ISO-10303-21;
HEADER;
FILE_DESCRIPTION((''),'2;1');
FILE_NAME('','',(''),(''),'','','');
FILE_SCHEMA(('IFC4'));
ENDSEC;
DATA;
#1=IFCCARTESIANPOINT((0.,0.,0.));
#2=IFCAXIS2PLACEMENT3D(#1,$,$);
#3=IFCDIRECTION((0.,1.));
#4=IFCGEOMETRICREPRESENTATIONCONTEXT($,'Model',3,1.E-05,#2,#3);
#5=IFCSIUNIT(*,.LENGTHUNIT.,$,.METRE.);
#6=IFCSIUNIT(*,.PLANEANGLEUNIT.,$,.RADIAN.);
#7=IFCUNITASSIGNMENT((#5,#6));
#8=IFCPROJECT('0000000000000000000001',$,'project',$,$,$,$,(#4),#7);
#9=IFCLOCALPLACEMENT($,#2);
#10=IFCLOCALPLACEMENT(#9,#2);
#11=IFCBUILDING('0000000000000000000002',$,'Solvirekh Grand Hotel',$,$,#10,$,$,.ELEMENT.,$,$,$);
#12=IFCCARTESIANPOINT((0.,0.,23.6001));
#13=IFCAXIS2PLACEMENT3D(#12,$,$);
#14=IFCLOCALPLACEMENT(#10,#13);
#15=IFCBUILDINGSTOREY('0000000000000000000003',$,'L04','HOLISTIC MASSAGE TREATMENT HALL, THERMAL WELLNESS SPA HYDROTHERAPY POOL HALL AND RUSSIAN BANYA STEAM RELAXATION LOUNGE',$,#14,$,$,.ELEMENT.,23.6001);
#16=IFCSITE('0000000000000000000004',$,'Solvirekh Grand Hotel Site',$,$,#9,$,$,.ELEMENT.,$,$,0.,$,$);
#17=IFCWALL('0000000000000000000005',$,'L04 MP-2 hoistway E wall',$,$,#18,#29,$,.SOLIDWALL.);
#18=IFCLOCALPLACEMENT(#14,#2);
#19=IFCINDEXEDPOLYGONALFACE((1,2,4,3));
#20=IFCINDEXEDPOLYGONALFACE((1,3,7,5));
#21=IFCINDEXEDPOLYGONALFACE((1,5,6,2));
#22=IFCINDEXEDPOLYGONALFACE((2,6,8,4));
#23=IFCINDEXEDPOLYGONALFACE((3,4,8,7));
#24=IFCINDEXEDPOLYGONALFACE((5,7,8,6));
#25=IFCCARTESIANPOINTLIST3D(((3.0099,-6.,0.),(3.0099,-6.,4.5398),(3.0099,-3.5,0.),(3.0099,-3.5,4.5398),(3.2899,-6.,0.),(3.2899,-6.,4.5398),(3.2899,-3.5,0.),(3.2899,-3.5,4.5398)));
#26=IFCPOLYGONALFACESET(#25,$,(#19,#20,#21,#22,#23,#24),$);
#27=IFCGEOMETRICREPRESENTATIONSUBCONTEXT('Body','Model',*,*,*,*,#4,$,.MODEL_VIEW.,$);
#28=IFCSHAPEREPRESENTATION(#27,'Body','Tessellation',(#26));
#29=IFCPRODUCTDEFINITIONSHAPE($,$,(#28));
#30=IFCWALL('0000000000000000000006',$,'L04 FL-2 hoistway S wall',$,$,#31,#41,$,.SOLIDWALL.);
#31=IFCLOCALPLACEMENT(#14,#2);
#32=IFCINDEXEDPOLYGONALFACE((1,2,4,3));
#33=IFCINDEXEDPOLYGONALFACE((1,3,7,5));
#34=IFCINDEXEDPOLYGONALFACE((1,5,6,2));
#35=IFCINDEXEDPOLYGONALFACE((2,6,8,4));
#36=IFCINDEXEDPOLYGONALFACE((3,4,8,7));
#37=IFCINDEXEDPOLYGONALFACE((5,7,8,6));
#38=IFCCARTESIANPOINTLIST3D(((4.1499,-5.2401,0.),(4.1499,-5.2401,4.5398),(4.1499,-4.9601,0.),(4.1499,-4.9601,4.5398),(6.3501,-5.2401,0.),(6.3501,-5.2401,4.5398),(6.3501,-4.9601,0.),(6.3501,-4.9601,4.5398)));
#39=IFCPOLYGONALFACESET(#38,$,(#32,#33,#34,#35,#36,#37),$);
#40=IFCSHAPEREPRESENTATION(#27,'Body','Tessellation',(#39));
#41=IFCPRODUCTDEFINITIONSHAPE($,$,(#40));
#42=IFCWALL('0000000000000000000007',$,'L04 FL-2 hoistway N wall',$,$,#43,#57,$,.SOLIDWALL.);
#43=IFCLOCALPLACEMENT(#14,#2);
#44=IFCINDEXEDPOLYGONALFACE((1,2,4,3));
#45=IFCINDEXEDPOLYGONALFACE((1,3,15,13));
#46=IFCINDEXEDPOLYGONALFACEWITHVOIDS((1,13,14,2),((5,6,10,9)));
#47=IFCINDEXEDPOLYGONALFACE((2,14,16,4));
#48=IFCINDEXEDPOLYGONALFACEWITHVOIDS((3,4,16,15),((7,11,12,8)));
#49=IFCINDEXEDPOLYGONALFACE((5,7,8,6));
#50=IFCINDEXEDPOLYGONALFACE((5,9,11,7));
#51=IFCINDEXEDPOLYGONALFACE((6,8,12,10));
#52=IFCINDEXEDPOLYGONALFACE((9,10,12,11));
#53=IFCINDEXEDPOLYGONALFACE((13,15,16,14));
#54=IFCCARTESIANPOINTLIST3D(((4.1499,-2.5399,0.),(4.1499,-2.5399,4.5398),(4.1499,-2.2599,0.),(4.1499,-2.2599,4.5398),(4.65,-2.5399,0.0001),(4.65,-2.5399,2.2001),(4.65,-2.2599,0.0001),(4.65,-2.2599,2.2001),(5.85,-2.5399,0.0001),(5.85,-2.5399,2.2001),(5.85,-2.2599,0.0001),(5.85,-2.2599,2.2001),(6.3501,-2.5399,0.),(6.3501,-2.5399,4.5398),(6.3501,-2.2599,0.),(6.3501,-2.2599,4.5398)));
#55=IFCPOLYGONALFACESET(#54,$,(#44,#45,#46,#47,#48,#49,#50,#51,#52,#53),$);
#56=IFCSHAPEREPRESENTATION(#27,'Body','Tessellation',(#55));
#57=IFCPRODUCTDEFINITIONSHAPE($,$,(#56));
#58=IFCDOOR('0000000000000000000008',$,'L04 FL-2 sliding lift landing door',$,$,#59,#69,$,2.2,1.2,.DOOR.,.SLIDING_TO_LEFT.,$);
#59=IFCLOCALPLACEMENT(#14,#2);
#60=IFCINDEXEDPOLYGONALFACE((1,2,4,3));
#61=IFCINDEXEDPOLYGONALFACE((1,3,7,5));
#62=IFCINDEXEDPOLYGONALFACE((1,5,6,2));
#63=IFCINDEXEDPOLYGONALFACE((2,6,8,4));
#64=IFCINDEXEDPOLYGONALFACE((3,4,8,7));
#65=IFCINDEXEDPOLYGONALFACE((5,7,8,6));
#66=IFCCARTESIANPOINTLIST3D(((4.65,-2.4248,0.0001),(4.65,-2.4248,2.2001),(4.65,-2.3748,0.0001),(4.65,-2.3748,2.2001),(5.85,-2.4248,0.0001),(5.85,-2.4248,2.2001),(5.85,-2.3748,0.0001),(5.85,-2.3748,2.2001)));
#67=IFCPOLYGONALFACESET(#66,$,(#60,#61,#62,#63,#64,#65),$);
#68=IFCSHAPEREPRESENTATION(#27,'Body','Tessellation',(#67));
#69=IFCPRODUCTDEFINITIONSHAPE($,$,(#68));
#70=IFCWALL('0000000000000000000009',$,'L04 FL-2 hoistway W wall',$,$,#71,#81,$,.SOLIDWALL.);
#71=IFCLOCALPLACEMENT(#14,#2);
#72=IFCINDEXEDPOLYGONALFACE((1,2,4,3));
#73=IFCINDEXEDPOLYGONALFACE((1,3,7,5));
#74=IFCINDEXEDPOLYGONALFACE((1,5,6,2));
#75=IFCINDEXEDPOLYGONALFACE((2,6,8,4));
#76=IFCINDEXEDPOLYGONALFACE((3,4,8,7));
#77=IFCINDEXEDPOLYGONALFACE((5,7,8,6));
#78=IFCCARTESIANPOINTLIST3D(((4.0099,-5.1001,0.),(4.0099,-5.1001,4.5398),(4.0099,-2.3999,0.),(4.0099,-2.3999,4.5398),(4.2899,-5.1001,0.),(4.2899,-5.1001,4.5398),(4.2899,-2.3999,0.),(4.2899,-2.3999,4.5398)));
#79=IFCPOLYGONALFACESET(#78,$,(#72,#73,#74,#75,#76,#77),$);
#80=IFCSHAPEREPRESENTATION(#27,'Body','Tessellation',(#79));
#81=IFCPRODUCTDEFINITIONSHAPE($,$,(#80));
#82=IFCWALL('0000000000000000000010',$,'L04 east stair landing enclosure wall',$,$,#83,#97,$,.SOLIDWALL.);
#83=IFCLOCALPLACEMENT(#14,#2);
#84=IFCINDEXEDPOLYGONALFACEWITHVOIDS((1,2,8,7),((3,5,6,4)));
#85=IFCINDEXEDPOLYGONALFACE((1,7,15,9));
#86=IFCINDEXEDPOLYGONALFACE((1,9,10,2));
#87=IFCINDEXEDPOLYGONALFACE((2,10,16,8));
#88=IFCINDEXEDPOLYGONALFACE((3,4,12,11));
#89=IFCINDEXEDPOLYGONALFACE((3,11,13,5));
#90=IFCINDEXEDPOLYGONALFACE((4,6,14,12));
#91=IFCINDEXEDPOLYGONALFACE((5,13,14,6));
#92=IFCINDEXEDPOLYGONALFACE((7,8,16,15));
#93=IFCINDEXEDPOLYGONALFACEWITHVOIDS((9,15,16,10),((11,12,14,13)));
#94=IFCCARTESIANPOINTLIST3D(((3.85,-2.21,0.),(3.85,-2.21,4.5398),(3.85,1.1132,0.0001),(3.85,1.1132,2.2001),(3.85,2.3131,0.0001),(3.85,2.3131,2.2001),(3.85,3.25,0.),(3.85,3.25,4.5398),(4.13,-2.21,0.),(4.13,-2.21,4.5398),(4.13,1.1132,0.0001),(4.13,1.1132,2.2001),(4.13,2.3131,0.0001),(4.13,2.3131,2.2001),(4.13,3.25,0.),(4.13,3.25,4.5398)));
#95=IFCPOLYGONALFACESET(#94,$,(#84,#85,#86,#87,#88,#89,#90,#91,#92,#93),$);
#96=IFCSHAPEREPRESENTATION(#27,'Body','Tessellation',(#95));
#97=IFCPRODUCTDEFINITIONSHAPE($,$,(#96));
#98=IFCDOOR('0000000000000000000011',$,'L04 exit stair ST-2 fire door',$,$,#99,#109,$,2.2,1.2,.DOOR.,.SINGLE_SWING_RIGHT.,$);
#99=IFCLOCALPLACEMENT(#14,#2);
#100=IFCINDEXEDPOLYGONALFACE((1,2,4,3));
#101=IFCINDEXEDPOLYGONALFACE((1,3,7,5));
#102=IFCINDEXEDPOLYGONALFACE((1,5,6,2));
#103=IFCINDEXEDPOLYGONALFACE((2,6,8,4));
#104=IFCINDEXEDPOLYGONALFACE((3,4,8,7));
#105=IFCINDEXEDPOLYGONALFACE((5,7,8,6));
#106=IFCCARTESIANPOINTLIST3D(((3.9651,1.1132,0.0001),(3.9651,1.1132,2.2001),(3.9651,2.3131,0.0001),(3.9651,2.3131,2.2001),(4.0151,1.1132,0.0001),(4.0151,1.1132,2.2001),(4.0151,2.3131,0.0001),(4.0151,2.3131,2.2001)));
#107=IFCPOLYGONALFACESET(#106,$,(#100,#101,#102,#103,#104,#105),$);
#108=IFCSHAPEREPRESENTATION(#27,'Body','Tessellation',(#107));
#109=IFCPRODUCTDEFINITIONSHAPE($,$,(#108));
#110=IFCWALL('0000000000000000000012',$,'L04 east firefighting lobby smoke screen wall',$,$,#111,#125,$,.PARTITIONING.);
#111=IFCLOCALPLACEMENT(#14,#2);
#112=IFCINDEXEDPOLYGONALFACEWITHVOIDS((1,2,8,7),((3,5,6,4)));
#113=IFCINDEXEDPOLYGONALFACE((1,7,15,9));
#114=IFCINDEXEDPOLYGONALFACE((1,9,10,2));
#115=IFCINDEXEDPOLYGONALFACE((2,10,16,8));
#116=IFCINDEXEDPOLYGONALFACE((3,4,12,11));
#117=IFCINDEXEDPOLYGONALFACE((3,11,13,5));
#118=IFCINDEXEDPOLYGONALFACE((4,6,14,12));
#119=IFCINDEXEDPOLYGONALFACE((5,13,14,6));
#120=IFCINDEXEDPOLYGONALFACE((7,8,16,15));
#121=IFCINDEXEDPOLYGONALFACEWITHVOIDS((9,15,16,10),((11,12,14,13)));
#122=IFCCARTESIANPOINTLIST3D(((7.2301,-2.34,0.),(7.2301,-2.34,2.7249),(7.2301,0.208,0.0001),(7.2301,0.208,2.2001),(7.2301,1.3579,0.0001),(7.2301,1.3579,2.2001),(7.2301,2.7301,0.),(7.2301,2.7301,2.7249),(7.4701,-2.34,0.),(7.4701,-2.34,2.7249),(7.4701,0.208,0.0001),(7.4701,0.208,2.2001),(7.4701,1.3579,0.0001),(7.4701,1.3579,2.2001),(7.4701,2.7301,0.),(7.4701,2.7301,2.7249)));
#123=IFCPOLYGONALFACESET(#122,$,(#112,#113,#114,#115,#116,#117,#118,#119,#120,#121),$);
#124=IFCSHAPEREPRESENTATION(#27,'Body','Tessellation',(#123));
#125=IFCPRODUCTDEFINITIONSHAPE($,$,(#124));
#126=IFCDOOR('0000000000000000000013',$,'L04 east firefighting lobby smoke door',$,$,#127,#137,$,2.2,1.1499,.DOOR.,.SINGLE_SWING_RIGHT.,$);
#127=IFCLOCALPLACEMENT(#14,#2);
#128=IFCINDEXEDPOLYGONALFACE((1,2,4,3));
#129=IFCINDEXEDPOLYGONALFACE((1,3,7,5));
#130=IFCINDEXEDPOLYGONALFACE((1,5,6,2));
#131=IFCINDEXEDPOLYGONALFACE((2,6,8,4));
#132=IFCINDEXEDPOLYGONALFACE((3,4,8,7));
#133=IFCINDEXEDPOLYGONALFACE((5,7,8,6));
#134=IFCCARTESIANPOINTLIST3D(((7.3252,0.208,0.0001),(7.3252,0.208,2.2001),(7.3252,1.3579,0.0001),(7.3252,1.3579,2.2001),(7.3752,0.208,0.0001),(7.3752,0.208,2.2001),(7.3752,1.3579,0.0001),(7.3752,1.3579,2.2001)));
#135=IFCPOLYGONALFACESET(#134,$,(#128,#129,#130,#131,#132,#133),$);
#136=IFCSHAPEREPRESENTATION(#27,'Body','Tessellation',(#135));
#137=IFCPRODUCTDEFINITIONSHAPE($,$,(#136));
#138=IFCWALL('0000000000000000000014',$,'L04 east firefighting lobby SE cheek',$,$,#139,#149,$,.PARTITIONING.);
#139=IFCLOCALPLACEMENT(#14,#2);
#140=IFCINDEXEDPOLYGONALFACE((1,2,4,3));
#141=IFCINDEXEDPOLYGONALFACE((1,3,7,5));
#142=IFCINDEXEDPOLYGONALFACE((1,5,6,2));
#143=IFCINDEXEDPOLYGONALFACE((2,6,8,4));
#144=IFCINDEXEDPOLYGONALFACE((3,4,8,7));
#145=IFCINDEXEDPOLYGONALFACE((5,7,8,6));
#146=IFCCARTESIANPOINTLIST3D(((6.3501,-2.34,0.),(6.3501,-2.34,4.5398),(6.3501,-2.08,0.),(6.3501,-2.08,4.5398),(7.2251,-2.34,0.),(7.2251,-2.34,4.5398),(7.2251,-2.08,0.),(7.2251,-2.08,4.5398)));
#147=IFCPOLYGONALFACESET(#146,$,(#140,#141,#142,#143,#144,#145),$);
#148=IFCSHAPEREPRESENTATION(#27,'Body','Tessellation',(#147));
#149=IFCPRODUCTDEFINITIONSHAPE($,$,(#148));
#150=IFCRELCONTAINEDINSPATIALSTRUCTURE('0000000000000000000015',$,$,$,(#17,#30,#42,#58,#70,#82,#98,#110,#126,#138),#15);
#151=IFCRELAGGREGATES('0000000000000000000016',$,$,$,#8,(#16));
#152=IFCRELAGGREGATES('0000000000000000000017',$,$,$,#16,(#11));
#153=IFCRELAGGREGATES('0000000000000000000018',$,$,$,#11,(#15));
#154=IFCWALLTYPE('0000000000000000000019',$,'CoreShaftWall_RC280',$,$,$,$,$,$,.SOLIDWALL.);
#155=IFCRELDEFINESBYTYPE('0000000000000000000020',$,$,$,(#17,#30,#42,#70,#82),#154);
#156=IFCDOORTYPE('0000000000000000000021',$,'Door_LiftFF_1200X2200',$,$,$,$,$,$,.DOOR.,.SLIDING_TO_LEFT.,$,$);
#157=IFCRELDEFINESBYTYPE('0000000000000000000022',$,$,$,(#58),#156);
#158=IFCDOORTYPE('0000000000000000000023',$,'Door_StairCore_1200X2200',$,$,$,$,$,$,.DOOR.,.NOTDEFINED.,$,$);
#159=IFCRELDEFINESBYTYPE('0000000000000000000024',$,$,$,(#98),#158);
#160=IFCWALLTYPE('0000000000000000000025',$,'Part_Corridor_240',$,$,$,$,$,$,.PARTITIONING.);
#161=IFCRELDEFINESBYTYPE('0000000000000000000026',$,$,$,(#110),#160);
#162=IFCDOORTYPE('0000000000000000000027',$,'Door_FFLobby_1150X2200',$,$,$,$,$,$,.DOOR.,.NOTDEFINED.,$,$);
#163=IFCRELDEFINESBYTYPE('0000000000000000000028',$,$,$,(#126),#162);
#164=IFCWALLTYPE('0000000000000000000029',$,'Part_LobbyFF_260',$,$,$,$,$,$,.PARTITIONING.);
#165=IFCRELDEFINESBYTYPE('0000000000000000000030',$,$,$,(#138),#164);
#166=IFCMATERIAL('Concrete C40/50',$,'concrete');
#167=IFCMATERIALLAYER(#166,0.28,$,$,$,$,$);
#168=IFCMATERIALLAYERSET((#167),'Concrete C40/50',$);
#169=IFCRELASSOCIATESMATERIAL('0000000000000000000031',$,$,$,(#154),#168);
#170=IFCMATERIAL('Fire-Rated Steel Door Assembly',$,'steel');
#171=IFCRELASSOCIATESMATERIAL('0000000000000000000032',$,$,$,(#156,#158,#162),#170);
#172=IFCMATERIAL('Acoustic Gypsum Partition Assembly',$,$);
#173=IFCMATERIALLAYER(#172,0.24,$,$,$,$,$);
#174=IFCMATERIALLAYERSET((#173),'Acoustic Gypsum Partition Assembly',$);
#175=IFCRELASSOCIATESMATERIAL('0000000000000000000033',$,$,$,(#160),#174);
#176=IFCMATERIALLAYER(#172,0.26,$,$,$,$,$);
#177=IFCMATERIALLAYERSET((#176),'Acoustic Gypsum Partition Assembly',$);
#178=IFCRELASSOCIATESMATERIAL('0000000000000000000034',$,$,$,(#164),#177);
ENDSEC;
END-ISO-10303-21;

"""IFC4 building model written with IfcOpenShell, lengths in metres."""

from ifc_helpers import new_model, si_unit, direction, frame, frame_2d, origin, place, context, subcontext, project, spatial, rectangle, extrude, material, layer, layer_set, type_object, element, fill, save


model = new_model("IFC4")

# Units and contexts
model_context = context("Model", 3, precision=1e-05, world=origin(), true_north=direction((0.0, 1.0)))
body_context = subcontext(model_context, "Body", "Model", "MODEL_VIEW")
ifc_project = project(units=[si_unit("LENGTHUNIT", "METRE"), si_unit("PLANEANGLEUNIT", "RADIAN")], contexts=[model_context])

# Site, building, storey
site_placement = place(None, origin())
site = spatial("IfcSite", under=ifc_project, at=site_placement, Name="Solvirekh Grand Hotel Site", CompositionType="ELEMENT", RefElevation=0.0)
building_placement = place(site_placement, origin())
building = spatial("IfcBuilding", under=site, at=building_placement, Name="Solvirekh Grand Hotel", CompositionType="ELEMENT")
storey_placement = place(building_placement, frame((0.0, 0.0, 23.6001)))
storey = spatial("IfcBuildingStorey", under=building, at=storey_placement, Name="L04", Description="HOLISTIC MASSAGE TREATMENT HALL, THERMAL WELLNESS SPA HYDROTHERAPY POOL HALL AND RUSSIAN BANYA STEAM RELAXATION LOUNGE", CompositionType="ELEMENT", Elevation=23.6001)

# Shared definitions
ifc_material_1 = material(Name="Concrete C40/50", Category="concrete")

# Walls
ifc_layer_1 = layer(ifc_material_1, 0.28)
ifc_layer_set_1 = layer_set([ifc_layer_1], Name="Concrete C40/50")
wall_type_1 = type_object("IfcWallType", Name="CoreShaftWall_RC280", PredefinedType="SOLIDWALL", material=ifc_layer_set_1)
wall_1_placement = place(storey_placement, frame((3.1499, -6.0, 0.0), z_axis=(0.0, 0.0, 1.0), x_axis=(0.0, 1.0, 0.0)))
element("IfcWall", 1, at=wall_1_placement, inside=storey, type_object=wall_type_1, Name="L04 MP-2 hoistway E wall", PredefinedType="SOLIDWALL", context=body_context, shape_type="SweptSolid", body=[
    extrude(rectangle(XDim=2.5, YDim=0.28, at=frame_2d((1.25, 0.0))), origin(), (0.0, 0.0, 1.0), 4.5398),
])
wall_2_placement = place(storey_placement, frame((4.1499, -5.1001, 0.0), z_axis=(0.0, 0.0, 1.0), x_axis=(1.0, 0.0, 0.0)))
element("IfcWall", 2, at=wall_2_placement, inside=storey, type_object=wall_type_1, Name="L04 FL-2 hoistway S wall", PredefinedType="SOLIDWALL", context=body_context, shape_type="SweptSolid", body=[
    extrude(rectangle(XDim=2.2002, YDim=0.28, at=frame_2d((1.1001, 0.0))), origin(), (0.0, 0.0, 1.0), 4.5398),
])

# Wall, opening, door
wall_3_placement = place(storey_placement, frame((6.3501, -2.3999, 0.0), z_axis=(0.0, 0.0, 1.0), x_axis=(-1.0, 0.0, 0.0)))
wall_3 = element("IfcWall", 3, at=wall_3_placement, inside=storey, type_object=wall_type_1, Name="L04 FL-2 hoistway N wall", PredefinedType="SOLIDWALL", context=body_context, shape_type="SweptSolid", body=[
    extrude(rectangle(XDim=2.2002, YDim=0.28, at=frame_2d((1.1001, 0.0))), origin(), (0.0, 0.0, 1.0), 4.5398),
])
opening_1_placement = place(wall_3_placement, frame((0.5, 0.0, 0.0)))
opening_1 = element("IfcOpeningElement", 4, at=opening_1_placement, cuts=wall_3, PredefinedType="OPENING", context=body_context, shape_type="SweptSolid", body=[
    extrude(rectangle(XDim=1.2, YDim=2.2, at=frame_2d((0.6001, 1.1001))), frame((0.0, 0.1499, 0.0), z_axis=(0.0, -1.0, 0.0), x_axis=(1.0, 0.0, 0.0)), (0.0, 0.0, 1.0), 0.3),
])
ifc_material_2 = material(Name="Fire-Rated Steel Door Assembly", Category="steel")
door_type_1 = type_object("IfcDoorType", Name="Door_LiftFF_1200X2200", OperationType="SLIDING_TO_LEFT", PredefinedType="DOOR", material=ifc_material_2)
door_1_placement = place(opening_1_placement, origin())
door_1 = element("IfcDoor", 5, at=door_1_placement, inside=storey, type_object=door_type_1, Name="L04 FL-2 sliding lift landing door", OperationType="SLIDING_TO_LEFT", OverallHeight=2.2, OverallWidth=1.2, PredefinedType="DOOR", context=body_context, shape_type="SweptSolid", body=[
    extrude(rectangle(XDim=1.2, YDim=2.2, at=frame_2d((0.6001, 1.1001))), frame((0.0, 0.0249, 0.0), z_axis=(0.0, -1.0, 0.0), x_axis=(1.0, 0.0, 0.0)), (0.0, 0.0, 1.0), 0.05),
])
fill(opening_1, door_1)

# Wall
wall_4_placement = place(storey_placement, frame((4.1499, -2.3999, 0.0), z_axis=(0.0, 0.0, 1.0), x_axis=(0.0, -1.0, 0.0)))
element("IfcWall", 6, at=wall_4_placement, inside=storey, type_object=wall_type_1, Name="L04 FL-2 hoistway W wall", PredefinedType="SOLIDWALL", context=body_context, shape_type="SweptSolid", body=[
    extrude(rectangle(XDim=2.7002, YDim=0.28, at=frame_2d((1.3501, 0.0))), origin(), (0.0, 0.0, 1.0), 4.5398),
])

# Walls, openings, doors
wall_5_placement = place(storey_placement, frame((3.99, -2.21, 0.0), z_axis=(0.0, 0.0, 1.0), x_axis=(0.0, 1.0, 0.0)))
wall_5 = element("IfcWall", 7, at=wall_5_placement, inside=storey, type_object=wall_type_1, Name="L04 east stair landing enclosure wall", PredefinedType="SOLIDWALL", context=body_context, shape_type="SweptSolid", body=[
    extrude(rectangle(XDim=5.46, YDim=0.28, at=frame_2d((2.73, 0.0))), origin(), (0.0, 0.0, 1.0), 4.5398),
])
opening_2_placement = place(wall_5_placement, frame((3.323, 0.0, 0.0)))
opening_2 = element("IfcOpeningElement", 8, at=opening_2_placement, cuts=wall_5, PredefinedType="OPENING", context=body_context, shape_type="SweptSolid", body=[
    extrude(rectangle(XDim=1.2, YDim=2.2, at=frame_2d((0.6001, 1.1001))), frame((0.0, 0.1499, 0.0), z_axis=(0.0, -1.0, 0.0), x_axis=(1.0, 0.0, 0.0)), (0.0, 0.0, 1.0), 0.3),
])
door_type_2 = type_object("IfcDoorType", Name="Door_StairCore_1200X2200", OperationType="NOTDEFINED", PredefinedType="DOOR", material=ifc_material_2)
door_2_placement = place(opening_2_placement, origin())
door_2 = element("IfcDoor", 9, at=door_2_placement, inside=storey, type_object=door_type_2, Name="L04 exit stair ST-2 fire door", OperationType="SINGLE_SWING_RIGHT", OverallHeight=2.2, OverallWidth=1.2, PredefinedType="DOOR", context=body_context, shape_type="SweptSolid", body=[
    extrude(rectangle(XDim=1.2, YDim=2.2, at=frame_2d((0.6001, 1.1001))), frame((0.0, 0.0249, 0.0), z_axis=(0.0, -1.0, 0.0), x_axis=(1.0, 0.0, 0.0)), (0.0, 0.0, 1.0), 0.05),
])
fill(opening_2, door_2)
ifc_material_3 = material(Name="Acoustic Gypsum Partition Assembly")
ifc_layer_2 = layer(ifc_material_3, 0.24)
ifc_layer_set_2 = layer_set([ifc_layer_2], Name="Acoustic Gypsum Partition Assembly")
wall_type_2 = type_object("IfcWallType", Name="Part_Corridor_240", PredefinedType="PARTITIONING", material=ifc_layer_set_2)
wall_6_placement = place(storey_placement, frame((7.3501, -2.3401, 0.0), z_axis=(0.0, 0.0, 1.0), x_axis=(0.0, 1.0, 0.0)))
wall_6 = element("IfcWall", 10, at=wall_6_placement, inside=storey, type_object=wall_type_2, Name="L04 east firefighting lobby smoke screen wall", PredefinedType="PARTITIONING", context=body_context, shape_type="SweptSolid", body=[
    extrude(rectangle(XDim=5.0701, YDim=0.24, at=frame_2d((2.5352, 0.0))), origin(), (0.0, 0.0, 1.0), 2.7249),
])
opening_3_placement = place(wall_6_placement, frame((2.5481, 0.0, 0.0)))
opening_3 = element("IfcOpeningElement", 11, at=opening_3_placement, cuts=wall_6, PredefinedType="OPENING", context=body_context, shape_type="SweptSolid", body=[
    extrude(rectangle(XDim=1.1499, YDim=2.2, at=frame_2d((0.575, 1.1001))), frame((0.0, 0.1299, 0.0), z_axis=(0.0, -1.0, 0.0), x_axis=(1.0, 0.0, 0.0)), (0.0, 0.0, 1.0), 0.26),
])
door_type_3 = type_object("IfcDoorType", Name="Door_FFLobby_1150X2200", OperationType="NOTDEFINED", PredefinedType="DOOR", material=ifc_material_2)
door_3_placement = place(opening_3_placement, origin())
door_3 = element("IfcDoor", 12, at=door_3_placement, inside=storey, type_object=door_type_3, Name="L04 east firefighting lobby smoke door", OperationType="SINGLE_SWING_RIGHT", OverallHeight=2.2, OverallWidth=1.1499, PredefinedType="DOOR", context=body_context, shape_type="SweptSolid", body=[
    extrude(rectangle(XDim=1.1499, YDim=2.2, at=frame_2d((0.575, 1.1001))), frame((0.0, 0.0249, 0.0), z_axis=(0.0, -1.0, 0.0), x_axis=(1.0, 0.0, 0.0)), (0.0, 0.0, 1.0), 0.05),
])
fill(opening_3, door_3)

# Wall
ifc_layer_3 = layer(ifc_material_3, 0.26)
ifc_layer_set_3 = layer_set([ifc_layer_3], Name="Acoustic Gypsum Partition Assembly")
wall_type_3 = type_object("IfcWallType", Name="Part_LobbyFF_260", PredefinedType="PARTITIONING", material=ifc_layer_set_3)
wall_7_placement = place(storey_placement, frame((6.3501, -2.21, 0.0), z_axis=(0.0, 0.0, 1.0), x_axis=(1.0, 0.0, 0.0)))
element("IfcWall", 13, at=wall_7_placement, inside=storey, type_object=wall_type_3, Name="L04 east firefighting lobby SE cheek", PredefinedType="PARTITIONING", context=body_context, shape_type="SweptSolid", body=[
    extrude(rectangle(XDim=0.875, YDim=0.26, at=frame_2d((0.4375, 0.0))), origin(), (0.0, 0.0, 1.0), 4.5398),
])

save(model, "model.ifc")
